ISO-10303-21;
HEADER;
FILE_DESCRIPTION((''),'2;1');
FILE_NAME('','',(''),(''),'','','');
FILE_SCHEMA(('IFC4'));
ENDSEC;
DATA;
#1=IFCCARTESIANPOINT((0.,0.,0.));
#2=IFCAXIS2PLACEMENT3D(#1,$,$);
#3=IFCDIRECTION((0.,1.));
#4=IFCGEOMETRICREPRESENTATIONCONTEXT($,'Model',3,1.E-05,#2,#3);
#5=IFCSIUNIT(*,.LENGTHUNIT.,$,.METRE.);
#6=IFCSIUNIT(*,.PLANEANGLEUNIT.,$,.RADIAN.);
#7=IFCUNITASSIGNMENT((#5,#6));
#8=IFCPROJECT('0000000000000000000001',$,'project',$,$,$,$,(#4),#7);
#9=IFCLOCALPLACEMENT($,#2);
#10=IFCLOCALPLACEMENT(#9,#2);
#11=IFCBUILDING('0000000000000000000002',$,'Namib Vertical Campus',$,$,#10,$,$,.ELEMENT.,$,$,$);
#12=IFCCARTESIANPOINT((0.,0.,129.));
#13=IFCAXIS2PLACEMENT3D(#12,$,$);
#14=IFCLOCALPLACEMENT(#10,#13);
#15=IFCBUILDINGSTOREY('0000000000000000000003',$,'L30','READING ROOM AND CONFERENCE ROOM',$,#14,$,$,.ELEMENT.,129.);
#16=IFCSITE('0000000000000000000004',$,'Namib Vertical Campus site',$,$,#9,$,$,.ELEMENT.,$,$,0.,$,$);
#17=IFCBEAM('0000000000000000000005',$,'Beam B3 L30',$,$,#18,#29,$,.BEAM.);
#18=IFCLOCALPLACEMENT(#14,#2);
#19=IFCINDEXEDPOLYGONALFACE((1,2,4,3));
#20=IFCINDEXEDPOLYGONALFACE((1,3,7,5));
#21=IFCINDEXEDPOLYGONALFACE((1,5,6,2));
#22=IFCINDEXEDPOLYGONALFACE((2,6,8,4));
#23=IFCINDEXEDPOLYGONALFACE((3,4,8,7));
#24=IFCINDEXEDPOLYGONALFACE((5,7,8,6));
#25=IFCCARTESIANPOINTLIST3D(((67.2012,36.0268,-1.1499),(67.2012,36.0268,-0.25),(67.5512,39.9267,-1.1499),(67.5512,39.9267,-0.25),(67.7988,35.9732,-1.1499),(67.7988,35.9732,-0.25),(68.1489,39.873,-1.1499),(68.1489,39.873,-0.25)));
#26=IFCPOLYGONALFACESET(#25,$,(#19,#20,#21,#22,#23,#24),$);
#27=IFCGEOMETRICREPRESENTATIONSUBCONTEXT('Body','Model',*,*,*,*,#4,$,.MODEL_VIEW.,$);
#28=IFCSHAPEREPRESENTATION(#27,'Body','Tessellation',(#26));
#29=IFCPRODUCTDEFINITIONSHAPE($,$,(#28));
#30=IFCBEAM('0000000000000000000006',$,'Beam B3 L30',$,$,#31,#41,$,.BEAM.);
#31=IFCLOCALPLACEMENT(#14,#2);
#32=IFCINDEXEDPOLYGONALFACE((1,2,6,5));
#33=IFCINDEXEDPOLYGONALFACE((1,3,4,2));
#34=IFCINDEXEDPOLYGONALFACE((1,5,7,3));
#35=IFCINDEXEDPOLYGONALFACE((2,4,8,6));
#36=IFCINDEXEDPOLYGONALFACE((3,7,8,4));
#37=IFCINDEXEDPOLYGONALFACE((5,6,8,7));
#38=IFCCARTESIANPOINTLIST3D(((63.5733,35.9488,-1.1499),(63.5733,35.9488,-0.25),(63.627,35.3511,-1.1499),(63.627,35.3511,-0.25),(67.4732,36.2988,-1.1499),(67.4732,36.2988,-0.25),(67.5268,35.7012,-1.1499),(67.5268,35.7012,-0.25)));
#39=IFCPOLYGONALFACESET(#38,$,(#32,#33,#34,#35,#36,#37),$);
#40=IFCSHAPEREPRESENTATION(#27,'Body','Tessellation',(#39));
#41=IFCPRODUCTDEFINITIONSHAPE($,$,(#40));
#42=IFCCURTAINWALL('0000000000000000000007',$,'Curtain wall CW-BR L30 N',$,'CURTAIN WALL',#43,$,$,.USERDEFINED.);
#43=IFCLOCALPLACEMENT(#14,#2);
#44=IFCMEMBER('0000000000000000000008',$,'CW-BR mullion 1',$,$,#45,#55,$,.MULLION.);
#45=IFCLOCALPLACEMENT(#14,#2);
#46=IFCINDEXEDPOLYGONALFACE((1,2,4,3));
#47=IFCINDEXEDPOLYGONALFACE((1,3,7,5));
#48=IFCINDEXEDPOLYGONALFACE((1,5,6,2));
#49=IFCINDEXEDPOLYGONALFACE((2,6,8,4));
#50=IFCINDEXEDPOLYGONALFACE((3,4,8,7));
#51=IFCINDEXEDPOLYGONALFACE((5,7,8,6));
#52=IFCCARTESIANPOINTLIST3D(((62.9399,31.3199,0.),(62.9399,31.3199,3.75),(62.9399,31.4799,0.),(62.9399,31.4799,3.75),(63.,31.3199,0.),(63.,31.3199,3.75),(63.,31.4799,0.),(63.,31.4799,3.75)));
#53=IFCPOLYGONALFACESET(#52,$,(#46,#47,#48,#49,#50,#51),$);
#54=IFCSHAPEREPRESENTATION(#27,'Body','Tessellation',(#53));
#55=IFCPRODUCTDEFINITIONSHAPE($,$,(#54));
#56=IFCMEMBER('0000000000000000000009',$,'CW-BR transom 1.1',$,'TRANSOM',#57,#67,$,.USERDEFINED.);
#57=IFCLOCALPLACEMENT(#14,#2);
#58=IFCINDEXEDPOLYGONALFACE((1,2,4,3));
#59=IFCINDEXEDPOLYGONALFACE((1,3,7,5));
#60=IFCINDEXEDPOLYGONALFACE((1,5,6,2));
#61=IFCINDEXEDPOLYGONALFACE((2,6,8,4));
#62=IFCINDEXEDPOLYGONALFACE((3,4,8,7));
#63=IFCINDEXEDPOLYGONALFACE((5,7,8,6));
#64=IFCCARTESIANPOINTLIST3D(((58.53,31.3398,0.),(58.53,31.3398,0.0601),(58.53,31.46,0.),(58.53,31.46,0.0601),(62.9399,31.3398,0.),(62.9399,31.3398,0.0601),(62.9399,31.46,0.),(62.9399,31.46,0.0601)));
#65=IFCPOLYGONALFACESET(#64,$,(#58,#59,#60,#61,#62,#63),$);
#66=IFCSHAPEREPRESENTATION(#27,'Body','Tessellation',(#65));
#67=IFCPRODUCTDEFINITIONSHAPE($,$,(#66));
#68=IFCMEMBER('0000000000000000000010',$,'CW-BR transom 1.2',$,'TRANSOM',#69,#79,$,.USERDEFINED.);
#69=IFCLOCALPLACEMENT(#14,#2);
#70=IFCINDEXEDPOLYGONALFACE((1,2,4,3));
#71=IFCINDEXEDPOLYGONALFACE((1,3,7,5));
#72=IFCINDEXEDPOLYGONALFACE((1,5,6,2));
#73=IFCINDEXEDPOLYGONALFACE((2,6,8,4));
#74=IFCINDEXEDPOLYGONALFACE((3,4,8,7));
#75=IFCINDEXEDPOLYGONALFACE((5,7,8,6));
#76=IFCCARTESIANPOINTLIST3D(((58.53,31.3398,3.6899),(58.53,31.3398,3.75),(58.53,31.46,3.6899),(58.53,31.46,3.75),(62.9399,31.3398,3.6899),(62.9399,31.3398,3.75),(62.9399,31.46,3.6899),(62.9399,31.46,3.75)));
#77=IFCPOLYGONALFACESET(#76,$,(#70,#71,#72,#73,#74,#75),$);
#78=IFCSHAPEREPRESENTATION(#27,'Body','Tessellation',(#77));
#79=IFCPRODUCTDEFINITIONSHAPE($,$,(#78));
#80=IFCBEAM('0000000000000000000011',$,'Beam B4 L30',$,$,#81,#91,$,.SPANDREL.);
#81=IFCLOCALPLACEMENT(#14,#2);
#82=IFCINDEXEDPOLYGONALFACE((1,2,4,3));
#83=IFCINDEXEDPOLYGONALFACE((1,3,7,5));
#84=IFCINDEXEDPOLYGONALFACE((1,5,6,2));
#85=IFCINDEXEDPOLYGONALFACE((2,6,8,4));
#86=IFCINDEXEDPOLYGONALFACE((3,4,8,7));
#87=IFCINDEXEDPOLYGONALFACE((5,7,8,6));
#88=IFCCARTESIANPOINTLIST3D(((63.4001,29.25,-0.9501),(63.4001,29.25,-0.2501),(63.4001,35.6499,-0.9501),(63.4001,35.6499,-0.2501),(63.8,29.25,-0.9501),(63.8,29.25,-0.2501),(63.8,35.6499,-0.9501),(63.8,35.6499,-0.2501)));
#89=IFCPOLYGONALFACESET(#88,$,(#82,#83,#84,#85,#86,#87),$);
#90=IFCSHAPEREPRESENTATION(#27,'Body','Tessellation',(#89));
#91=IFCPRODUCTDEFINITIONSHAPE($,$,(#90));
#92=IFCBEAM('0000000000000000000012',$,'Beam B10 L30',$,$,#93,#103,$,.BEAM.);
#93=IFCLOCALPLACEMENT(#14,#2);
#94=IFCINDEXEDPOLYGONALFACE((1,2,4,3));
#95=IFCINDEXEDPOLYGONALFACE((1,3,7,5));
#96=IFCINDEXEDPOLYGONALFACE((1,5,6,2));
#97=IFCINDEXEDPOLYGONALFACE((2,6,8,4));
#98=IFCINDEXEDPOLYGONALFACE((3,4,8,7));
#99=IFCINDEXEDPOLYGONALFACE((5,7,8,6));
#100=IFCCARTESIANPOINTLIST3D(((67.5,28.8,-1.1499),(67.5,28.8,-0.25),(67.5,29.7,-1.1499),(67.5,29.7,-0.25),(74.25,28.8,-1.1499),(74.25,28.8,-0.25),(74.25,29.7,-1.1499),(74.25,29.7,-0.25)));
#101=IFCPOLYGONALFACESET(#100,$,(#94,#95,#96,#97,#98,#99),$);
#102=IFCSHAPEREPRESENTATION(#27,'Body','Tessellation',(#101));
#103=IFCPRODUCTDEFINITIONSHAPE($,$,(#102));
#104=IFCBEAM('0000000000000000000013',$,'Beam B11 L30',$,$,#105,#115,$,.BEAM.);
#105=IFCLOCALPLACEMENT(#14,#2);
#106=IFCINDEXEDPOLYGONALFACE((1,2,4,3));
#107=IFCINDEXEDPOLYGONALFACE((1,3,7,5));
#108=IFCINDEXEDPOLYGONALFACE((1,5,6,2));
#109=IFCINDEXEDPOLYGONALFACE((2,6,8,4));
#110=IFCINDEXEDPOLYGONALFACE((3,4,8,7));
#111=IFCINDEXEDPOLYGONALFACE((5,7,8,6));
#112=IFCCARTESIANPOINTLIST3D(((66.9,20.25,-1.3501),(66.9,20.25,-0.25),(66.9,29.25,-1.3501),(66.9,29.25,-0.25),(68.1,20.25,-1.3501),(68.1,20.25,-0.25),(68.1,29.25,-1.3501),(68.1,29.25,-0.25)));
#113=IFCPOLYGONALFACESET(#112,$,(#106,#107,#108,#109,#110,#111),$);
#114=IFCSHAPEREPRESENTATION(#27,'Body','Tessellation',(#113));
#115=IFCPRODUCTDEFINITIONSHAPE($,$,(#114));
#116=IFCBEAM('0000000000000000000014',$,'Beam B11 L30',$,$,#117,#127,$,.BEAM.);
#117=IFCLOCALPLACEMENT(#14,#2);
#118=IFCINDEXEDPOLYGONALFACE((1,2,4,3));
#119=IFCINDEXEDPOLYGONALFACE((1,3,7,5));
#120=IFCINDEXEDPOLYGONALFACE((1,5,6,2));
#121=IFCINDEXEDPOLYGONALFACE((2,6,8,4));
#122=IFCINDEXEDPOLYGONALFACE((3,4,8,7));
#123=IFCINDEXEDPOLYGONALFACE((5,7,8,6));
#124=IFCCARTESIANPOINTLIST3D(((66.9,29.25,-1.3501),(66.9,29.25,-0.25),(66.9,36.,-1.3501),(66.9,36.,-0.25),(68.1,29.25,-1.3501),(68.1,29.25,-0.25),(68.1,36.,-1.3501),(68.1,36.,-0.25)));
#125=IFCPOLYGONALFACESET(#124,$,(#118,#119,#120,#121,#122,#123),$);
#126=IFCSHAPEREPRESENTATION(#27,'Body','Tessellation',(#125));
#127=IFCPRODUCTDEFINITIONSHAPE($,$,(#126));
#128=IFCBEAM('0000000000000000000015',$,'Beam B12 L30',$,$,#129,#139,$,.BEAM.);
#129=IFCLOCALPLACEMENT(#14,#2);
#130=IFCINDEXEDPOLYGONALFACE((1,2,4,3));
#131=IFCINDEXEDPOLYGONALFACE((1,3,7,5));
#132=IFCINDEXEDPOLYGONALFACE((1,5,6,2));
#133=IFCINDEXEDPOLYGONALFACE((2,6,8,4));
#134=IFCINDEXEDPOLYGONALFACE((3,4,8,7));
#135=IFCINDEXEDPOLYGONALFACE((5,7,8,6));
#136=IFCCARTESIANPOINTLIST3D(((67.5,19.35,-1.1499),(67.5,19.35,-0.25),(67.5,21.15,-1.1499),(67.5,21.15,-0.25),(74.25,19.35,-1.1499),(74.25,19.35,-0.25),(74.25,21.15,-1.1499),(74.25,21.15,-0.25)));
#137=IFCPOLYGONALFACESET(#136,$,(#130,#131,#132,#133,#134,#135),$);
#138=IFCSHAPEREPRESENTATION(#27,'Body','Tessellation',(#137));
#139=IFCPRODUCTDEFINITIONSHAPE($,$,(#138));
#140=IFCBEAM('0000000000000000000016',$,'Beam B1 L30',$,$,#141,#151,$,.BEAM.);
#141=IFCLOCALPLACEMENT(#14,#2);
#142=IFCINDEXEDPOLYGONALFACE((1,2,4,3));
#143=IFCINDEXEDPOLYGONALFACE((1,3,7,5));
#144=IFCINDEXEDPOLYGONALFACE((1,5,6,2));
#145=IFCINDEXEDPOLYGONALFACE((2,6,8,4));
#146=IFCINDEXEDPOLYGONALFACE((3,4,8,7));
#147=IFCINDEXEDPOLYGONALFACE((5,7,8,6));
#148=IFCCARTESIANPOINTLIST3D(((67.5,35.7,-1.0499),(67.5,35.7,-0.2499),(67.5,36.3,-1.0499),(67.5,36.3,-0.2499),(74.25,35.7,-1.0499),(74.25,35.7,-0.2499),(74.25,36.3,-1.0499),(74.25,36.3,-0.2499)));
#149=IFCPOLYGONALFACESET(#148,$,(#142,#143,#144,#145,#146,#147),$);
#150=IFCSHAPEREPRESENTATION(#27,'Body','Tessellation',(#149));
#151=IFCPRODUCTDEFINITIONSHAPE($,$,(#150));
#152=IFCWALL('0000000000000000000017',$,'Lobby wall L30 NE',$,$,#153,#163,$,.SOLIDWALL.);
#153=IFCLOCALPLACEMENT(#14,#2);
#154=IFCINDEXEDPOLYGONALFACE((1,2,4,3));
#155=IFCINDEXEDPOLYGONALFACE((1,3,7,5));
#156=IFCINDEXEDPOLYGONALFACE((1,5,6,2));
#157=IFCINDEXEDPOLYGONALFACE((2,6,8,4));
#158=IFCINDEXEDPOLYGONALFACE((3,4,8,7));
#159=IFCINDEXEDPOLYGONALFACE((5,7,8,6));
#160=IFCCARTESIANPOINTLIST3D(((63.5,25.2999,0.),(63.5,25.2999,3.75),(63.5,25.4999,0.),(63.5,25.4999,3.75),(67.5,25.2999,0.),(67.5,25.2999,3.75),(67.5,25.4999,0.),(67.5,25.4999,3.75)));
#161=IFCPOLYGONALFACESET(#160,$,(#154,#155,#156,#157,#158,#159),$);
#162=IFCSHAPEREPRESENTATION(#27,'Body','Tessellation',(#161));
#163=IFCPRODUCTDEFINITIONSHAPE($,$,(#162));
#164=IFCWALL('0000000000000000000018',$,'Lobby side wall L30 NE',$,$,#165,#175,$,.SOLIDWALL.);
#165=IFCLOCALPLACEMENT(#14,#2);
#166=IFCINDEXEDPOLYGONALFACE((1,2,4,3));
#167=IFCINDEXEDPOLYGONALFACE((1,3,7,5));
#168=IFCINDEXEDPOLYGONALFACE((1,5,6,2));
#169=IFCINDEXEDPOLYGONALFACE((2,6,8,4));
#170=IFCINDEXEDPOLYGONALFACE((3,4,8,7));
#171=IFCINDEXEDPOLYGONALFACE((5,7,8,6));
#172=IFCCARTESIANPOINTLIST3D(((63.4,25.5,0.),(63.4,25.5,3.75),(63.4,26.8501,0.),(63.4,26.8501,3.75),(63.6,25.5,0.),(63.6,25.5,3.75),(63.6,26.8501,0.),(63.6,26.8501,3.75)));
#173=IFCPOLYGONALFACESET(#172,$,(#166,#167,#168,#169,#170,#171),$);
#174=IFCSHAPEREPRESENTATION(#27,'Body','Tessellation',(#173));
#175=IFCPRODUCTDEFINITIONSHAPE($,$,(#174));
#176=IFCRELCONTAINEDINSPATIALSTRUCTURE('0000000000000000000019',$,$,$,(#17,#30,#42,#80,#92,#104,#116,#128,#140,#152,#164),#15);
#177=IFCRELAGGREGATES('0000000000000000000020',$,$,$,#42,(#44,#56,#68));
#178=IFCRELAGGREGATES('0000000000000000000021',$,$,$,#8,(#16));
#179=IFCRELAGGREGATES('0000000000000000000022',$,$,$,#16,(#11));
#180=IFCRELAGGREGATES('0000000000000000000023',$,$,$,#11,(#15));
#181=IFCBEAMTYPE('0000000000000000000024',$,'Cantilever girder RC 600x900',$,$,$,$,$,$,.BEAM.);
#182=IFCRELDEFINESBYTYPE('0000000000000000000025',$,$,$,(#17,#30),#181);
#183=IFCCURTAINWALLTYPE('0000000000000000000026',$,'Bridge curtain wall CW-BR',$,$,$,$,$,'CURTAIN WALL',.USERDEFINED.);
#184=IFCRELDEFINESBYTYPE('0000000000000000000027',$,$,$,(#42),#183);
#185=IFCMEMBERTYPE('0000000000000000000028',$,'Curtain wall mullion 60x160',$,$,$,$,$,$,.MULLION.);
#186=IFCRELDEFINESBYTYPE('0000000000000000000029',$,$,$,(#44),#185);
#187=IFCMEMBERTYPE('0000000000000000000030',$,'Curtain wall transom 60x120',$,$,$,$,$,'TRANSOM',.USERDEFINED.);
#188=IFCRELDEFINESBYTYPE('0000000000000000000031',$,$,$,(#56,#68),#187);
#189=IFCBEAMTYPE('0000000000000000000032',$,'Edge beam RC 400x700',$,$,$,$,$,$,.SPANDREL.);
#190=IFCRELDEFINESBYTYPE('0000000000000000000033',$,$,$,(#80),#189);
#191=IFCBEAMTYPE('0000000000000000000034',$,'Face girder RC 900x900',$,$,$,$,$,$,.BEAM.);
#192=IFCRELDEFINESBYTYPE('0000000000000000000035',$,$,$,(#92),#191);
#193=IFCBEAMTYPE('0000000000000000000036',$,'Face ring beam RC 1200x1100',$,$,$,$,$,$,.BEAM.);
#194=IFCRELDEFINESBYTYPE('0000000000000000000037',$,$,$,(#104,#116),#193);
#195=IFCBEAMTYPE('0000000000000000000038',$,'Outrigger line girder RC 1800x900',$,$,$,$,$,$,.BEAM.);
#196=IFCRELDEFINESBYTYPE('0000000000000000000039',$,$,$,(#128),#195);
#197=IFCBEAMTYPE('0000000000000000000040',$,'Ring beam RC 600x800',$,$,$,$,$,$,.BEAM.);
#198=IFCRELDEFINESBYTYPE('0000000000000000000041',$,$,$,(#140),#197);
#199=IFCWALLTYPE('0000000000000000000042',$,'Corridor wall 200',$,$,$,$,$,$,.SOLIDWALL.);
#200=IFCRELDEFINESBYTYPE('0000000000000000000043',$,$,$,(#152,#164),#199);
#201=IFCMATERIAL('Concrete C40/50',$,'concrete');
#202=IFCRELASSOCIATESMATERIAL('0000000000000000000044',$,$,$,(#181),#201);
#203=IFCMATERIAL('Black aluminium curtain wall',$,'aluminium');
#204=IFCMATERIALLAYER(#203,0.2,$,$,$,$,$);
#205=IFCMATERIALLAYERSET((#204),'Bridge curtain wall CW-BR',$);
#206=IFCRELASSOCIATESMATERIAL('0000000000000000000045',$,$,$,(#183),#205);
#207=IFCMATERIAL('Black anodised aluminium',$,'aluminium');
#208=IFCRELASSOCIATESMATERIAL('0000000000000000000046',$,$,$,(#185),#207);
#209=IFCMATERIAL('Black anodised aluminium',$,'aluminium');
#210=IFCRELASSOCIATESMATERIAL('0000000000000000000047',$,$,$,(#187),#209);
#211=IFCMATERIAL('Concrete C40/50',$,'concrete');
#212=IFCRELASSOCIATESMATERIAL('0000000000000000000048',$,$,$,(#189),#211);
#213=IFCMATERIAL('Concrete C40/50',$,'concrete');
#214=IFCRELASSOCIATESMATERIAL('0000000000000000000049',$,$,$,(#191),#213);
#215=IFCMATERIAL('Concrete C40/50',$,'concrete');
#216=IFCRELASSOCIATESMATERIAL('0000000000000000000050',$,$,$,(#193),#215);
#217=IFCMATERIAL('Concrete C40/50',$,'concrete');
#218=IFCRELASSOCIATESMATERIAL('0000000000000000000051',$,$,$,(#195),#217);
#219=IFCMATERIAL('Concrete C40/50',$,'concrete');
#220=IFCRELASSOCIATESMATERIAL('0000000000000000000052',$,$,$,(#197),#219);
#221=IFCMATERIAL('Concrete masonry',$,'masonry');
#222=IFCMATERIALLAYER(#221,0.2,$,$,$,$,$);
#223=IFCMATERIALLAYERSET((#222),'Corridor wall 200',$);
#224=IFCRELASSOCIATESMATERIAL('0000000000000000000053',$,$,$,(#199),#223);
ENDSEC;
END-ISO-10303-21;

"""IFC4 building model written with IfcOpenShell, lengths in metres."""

from ifc_helpers import new_model, si_unit, direction, frame, frame_2d, origin, origin_2d, place, context, subcontext, project, spatial, rectangle, extrude, material, layer, layer_set, material_profile, profile_set, type_object, element, aggregate, save


model = new_model("IFC4")

# Units and contexts
model_context = context("Model", 3, precision=1e-05, world=origin(), true_north=direction((0.0, 1.0)))
body_context = subcontext(model_context, "Body", "Model", "MODEL_VIEW")
ifc_project = project(units=[si_unit("LENGTHUNIT", "METRE"), si_unit("PLANEANGLEUNIT", "RADIAN")], contexts=[model_context])

# Site, building, storey
site_placement = place(None, origin())
site = spatial("IfcSite", under=ifc_project, at=site_placement, Name="Namib Vertical Campus site", CompositionType="ELEMENT", RefElevation=0.0)
building_placement = place(site_placement, origin())
building = spatial("IfcBuilding", under=site, at=building_placement, Name="Namib Vertical Campus", CompositionType="ELEMENT")
storey_placement = place(building_placement, frame((0.0, 0.0, 129.0)))
storey = spatial("IfcBuildingStorey", under=building, at=storey_placement, Name="L30", Description="READING ROOM AND CONFERENCE ROOM", CompositionType="ELEMENT", Elevation=129.0)

# Beams
ifc_material_1 = material(Name="Concrete C40/50", Category="concrete")
ifc_material_profile_1 = material_profile(ifc_material_1, rectangle(XDim=0.6001, YDim=0.8999, at=origin_2d()))
ifc_profile_set_1 = profile_set([ifc_material_profile_1], Name="Concrete C40/50")
beam_type_1 = type_object("IfcBeamType", Name="Cantilever girder RC 600x900", PredefinedType="BEAM", material=ifc_profile_set_1)
for number, where, z_axis, x_axis, name in (
    (1, (67.5, 36.0, -0.7), (0.089411, 0.995995, 0.0), (-0.995995, 0.089411, 0.0), "Beam B3 L30"),
    (2, (67.5, 36.0, -0.7), (-0.995995, -0.089411, 0.0), (0.089411, -0.995995, 0.0), "Beam B3 L30"),
):
    element("IfcBeam", number, at=place(storey_placement, frame(where, z_axis=z_axis, x_axis=x_axis)), inside=storey, type_object=beam_type_1, Name=name, PredefinedType="BEAM", context=body_context, shape_type="SweptSolid", body=[
        extrude(rectangle(XDim=0.6001, YDim=0.8999, at=origin_2d()), origin(), (0.0, 0.0, 1.0), 3.9155),
    ])

# Curtain wall, members
ifc_material_2 = material(Name="Black aluminium curtain wall", Category="aluminium")
ifc_layer_1 = layer(ifc_material_2, 0.2)
ifc_layer_set_1 = layer_set([ifc_layer_1], Name="Bridge curtain wall CW-BR")
curtain_wall_type = type_object("IfcCurtainWallType", Name="Bridge curtain wall CW-BR", ElementType="CURTAIN WALL", PredefinedType="USERDEFINED", material=ifc_layer_set_1)
curtain_wall_placement = place(storey_placement, origin())
curtain_wall = element("IfcCurtainWall", 3, at=curtain_wall_placement, inside=storey, type_object=curtain_wall_type, Name="Curtain wall CW-BR L30 N", ObjectType="CURTAIN WALL", PredefinedType="USERDEFINED")
ifc_material_3 = material(Name="Black anodised aluminium", Category="aluminium")
ifc_material_profile_2 = material_profile(ifc_material_3, rectangle(XDim=0.0601, YDim=0.1599, at=origin_2d()))
ifc_profile_set_2 = profile_set([ifc_material_profile_2], Name="Black anodised aluminium")
member_type_1 = type_object("IfcMemberType", Name="Curtain wall mullion 60x160", PredefinedType="MULLION", material=ifc_profile_set_2)
member_1_placement = place(storey_placement, frame((62.97, 31.3999, 0.0), z_axis=(0.0, 0.0, 1.0), x_axis=(-1.0, 0.0, 0.0)))
member_1 = element("IfcMember", 4, at=member_1_placement, type_object=member_type_1, Name="CW-BR mullion 1", PredefinedType="MULLION", context=body_context, shape_type="SweptSolid", body=[
    extrude(rectangle(XDim=0.0601, YDim=0.1599, at=origin_2d()), origin(), (0.0, 0.0, 1.0), 3.75),
])
ifc_material_4 = material(Name="Black anodised aluminium", Category="aluminium")
ifc_material_profile_3 = material_profile(ifc_material_4, rectangle(XDim=0.0601, YDim=0.1201, at=origin_2d()))
ifc_profile_set_3 = profile_set([ifc_material_profile_3], Name="Black anodised aluminium")
member_type_2 = type_object("IfcMemberType", Name="Curtain wall transom 60x120", ElementType="TRANSOM", PredefinedType="USERDEFINED", material=ifc_profile_set_3)
member_2_placement = place(storey_placement, frame((62.9399, 31.3999, 0.03), z_axis=(-1.0, 0.0, 0.0), x_axis=(0.0, 0.0, 1.0)))
member_2 = element("IfcMember", 5, at=member_2_placement, type_object=member_type_2, Name="CW-BR transom 1.1", ObjectType="TRANSOM", PredefinedType="USERDEFINED", context=body_context, shape_type="SweptSolid", body=[
    extrude(rectangle(XDim=0.0601, YDim=0.1201, at=origin_2d()), origin(), (0.0, 0.0, 1.0), 4.4099),
])
member_3_placement = place(storey_placement, frame((62.9399, 31.3999, 3.72), z_axis=(-1.0, 0.0, 0.0), x_axis=(0.0, 0.0, 1.0)))
member_3 = element("IfcMember", 6, at=member_3_placement, type_object=member_type_2, Name="CW-BR transom 1.2", ObjectType="TRANSOM", PredefinedType="USERDEFINED", context=body_context, shape_type="SweptSolid", body=[
    extrude(rectangle(XDim=0.0601, YDim=0.1201, at=origin_2d()), origin(), (0.0, 0.0, 1.0), 4.4099),
])
aggregate(curtain_wall, [member_1, member_2, member_3])

# Beams
ifc_material_5 = material(Name="Concrete C40/50", Category="concrete")
ifc_material_profile_4 = material_profile(ifc_material_5, rectangle(XDim=0.3999, YDim=0.7, at=origin_2d()))
ifc_profile_set_4 = profile_set([ifc_material_profile_4], Name="Concrete C40/50")
beam_type_2 = type_object("IfcBeamType", Name="Edge beam RC 400x700", PredefinedType="SPANDREL", material=ifc_profile_set_4)
beam_1_placement = place(storey_placement, frame((63.6001, 29.25, -0.6001), z_axis=(0.0, 1.0, 0.0), x_axis=(-1.0, 0.0, 0.0)))
element("IfcBeam", 7, at=beam_1_placement, inside=storey, type_object=beam_type_2, Name="Beam B4 L30", PredefinedType="SPANDREL", context=body_context, shape_type="SweptSolid", body=[
    extrude(rectangle(XDim=0.3999, YDim=0.7, at=origin_2d()), origin(), (0.0, 0.0, 1.0), 6.3999),
])
ifc_material_6 = material(Name="Concrete C40/50", Category="concrete")
ifc_material_profile_5 = material_profile(ifc_material_6, rectangle(XDim=0.8999, YDim=0.8999, at=origin_2d()))
ifc_profile_set_5 = profile_set([ifc_material_profile_5], Name="Concrete C40/50")
beam_type_3 = type_object("IfcBeamType", Name="Face girder RC 900x900", PredefinedType="BEAM", material=ifc_profile_set_5)
beam_2_placement = place(storey_placement, frame((67.5, 29.25, -0.7), z_axis=(1.0, 0.0, 0.0), x_axis=(0.0, 1.0, 0.0)))
element("IfcBeam", 8, at=beam_2_placement, inside=storey, type_object=beam_type_3, Name="Beam B10 L30", PredefinedType="BEAM", context=body_context, shape_type="SweptSolid", body=[
    extrude(rectangle(XDim=0.8999, YDim=0.8999, at=origin_2d()), origin(), (0.0, 0.0, 1.0), 6.75),
])
ifc_material_7 = material(Name="Concrete C40/50", Category="concrete")
ifc_material_profile_6 = material_profile(ifc_material_7, rectangle(XDim=1.2, YDim=1.1001, at=origin_2d()))
ifc_profile_set_6 = profile_set([ifc_material_profile_6], Name="Concrete C40/50")
beam_type_4 = type_object("IfcBeamType", Name="Face ring beam RC 1200x1100", PredefinedType="BEAM", material=ifc_profile_set_6)
beam_3_placement = place(storey_placement, frame((67.5, 20.25, -0.8), z_axis=(0.0, 1.0, 0.0), x_axis=(-1.0, 0.0, 0.0)))
element("IfcBeam", 9, at=beam_3_placement, inside=storey, type_object=beam_type_4, Name="Beam B11 L30", PredefinedType="BEAM", context=body_context, shape_type="SweptSolid", body=[
    extrude(rectangle(XDim=1.2, YDim=1.1001, at=origin_2d()), origin(), (0.0, 0.0, 1.0), 9.0),
])
beam_4_placement = place(storey_placement, frame((67.5, 29.25, -0.8), z_axis=(0.0, 1.0, 0.0), x_axis=(-1.0, 0.0, 0.0)))
element("IfcBeam", 10, at=beam_4_placement, inside=storey, type_object=beam_type_4, Name="Beam B11 L30", PredefinedType="BEAM", context=body_context, shape_type="SweptSolid", body=[
    extrude(rectangle(XDim=1.2, YDim=1.1001, at=origin_2d()), origin(), (0.0, 0.0, 1.0), 6.75),
])
ifc_material_8 = material(Name="Concrete C40/50", Category="concrete")
ifc_material_profile_7 = material_profile(ifc_material_8, rectangle(XDim=1.8, YDim=0.8999, at=origin_2d()))
ifc_profile_set_7 = profile_set([ifc_material_profile_7], Name="Concrete C40/50")
beam_type_5 = type_object("IfcBeamType", Name="Outrigger line girder RC 1800x900", PredefinedType="BEAM", material=ifc_profile_set_7)
beam_5_placement = place(storey_placement, frame((67.5, 20.25, -0.7), z_axis=(1.0, 0.0, 0.0), x_axis=(0.0, 1.0, 0.0)))
element("IfcBeam", 11, at=beam_5_placement, inside=storey, type_object=beam_type_5, Name="Beam B12 L30", PredefinedType="BEAM", context=body_context, shape_type="SweptSolid", body=[
    extrude(rectangle(XDim=1.8, YDim=0.8999, at=origin_2d()), origin(), (0.0, 0.0, 1.0), 6.75),
])
ifc_material_9 = material(Name="Concrete C40/50", Category="concrete")
ifc_material_profile_8 = material_profile(ifc_material_9, rectangle(XDim=0.6001, YDim=0.8, at=origin_2d()))
ifc_profile_set_8 = profile_set([ifc_material_profile_8], Name="Concrete C40/50")
beam_type_6 = type_object("IfcBeamType", Name="Ring beam RC 600x800", PredefinedType="BEAM", material=ifc_profile_set_8)
beam_6_placement = place(storey_placement, frame((67.5, 36.0, -0.6499), z_axis=(1.0, 0.0, 0.0), x_axis=(0.0, 1.0, 0.0)))
element("IfcBeam", 12, at=beam_6_placement, inside=storey, type_object=beam_type_6, Name="Beam B1 L30", PredefinedType="BEAM", context=body_context, shape_type="SweptSolid", body=[
    extrude(rectangle(XDim=0.6001, YDim=0.8, at=origin_2d()), origin(), (0.0, 0.0, 1.0), 6.75),
])

# Walls
ifc_material_10 = material(Name="Concrete masonry", Category="masonry")
ifc_layer_2 = layer(ifc_material_10, 0.2)
ifc_layer_set_2 = layer_set([ifc_layer_2], Name="Corridor wall 200")
wall_type_1 = type_object("IfcWallType", Name="Corridor wall 200", PredefinedType="SOLIDWALL", material=ifc_layer_set_2)
wall_1_placement = place(storey_placement, frame((63.5, 25.3999, 0.0), z_axis=(0.0, 0.0, 1.0), x_axis=(1.0, 0.0, 0.0)))
element("IfcWall", 13, at=wall_1_placement, inside=storey, type_object=wall_type_1, Name="Lobby wall L30 NE", PredefinedType="SOLIDWALL", context=body_context, shape_type="SweptSolid", body=[
    extrude(rectangle(XDim=4.0, YDim=0.2, at=frame_2d((2.0, 0.0))), origin(), (0.0, 0.0, 1.0), 3.75),
])
wall_2_placement = place(storey_placement, frame((63.5, 26.8501, 0.0), z_axis=(0.0, 0.0, 1.0), x_axis=(0.0, -1.0, 0.0)))
element("IfcWall", 14, at=wall_2_placement, inside=storey, type_object=wall_type_1, Name="Lobby side wall L30 NE", PredefinedType="SOLIDWALL", context=body_context, shape_type="SweptSolid", body=[
    extrude(rectangle(XDim=1.3501, YDim=0.2, at=frame_2d((0.675, 0.0))), origin(), (0.0, 0.0, 1.0), 3.75),
])

save(model, "model.ifc")
